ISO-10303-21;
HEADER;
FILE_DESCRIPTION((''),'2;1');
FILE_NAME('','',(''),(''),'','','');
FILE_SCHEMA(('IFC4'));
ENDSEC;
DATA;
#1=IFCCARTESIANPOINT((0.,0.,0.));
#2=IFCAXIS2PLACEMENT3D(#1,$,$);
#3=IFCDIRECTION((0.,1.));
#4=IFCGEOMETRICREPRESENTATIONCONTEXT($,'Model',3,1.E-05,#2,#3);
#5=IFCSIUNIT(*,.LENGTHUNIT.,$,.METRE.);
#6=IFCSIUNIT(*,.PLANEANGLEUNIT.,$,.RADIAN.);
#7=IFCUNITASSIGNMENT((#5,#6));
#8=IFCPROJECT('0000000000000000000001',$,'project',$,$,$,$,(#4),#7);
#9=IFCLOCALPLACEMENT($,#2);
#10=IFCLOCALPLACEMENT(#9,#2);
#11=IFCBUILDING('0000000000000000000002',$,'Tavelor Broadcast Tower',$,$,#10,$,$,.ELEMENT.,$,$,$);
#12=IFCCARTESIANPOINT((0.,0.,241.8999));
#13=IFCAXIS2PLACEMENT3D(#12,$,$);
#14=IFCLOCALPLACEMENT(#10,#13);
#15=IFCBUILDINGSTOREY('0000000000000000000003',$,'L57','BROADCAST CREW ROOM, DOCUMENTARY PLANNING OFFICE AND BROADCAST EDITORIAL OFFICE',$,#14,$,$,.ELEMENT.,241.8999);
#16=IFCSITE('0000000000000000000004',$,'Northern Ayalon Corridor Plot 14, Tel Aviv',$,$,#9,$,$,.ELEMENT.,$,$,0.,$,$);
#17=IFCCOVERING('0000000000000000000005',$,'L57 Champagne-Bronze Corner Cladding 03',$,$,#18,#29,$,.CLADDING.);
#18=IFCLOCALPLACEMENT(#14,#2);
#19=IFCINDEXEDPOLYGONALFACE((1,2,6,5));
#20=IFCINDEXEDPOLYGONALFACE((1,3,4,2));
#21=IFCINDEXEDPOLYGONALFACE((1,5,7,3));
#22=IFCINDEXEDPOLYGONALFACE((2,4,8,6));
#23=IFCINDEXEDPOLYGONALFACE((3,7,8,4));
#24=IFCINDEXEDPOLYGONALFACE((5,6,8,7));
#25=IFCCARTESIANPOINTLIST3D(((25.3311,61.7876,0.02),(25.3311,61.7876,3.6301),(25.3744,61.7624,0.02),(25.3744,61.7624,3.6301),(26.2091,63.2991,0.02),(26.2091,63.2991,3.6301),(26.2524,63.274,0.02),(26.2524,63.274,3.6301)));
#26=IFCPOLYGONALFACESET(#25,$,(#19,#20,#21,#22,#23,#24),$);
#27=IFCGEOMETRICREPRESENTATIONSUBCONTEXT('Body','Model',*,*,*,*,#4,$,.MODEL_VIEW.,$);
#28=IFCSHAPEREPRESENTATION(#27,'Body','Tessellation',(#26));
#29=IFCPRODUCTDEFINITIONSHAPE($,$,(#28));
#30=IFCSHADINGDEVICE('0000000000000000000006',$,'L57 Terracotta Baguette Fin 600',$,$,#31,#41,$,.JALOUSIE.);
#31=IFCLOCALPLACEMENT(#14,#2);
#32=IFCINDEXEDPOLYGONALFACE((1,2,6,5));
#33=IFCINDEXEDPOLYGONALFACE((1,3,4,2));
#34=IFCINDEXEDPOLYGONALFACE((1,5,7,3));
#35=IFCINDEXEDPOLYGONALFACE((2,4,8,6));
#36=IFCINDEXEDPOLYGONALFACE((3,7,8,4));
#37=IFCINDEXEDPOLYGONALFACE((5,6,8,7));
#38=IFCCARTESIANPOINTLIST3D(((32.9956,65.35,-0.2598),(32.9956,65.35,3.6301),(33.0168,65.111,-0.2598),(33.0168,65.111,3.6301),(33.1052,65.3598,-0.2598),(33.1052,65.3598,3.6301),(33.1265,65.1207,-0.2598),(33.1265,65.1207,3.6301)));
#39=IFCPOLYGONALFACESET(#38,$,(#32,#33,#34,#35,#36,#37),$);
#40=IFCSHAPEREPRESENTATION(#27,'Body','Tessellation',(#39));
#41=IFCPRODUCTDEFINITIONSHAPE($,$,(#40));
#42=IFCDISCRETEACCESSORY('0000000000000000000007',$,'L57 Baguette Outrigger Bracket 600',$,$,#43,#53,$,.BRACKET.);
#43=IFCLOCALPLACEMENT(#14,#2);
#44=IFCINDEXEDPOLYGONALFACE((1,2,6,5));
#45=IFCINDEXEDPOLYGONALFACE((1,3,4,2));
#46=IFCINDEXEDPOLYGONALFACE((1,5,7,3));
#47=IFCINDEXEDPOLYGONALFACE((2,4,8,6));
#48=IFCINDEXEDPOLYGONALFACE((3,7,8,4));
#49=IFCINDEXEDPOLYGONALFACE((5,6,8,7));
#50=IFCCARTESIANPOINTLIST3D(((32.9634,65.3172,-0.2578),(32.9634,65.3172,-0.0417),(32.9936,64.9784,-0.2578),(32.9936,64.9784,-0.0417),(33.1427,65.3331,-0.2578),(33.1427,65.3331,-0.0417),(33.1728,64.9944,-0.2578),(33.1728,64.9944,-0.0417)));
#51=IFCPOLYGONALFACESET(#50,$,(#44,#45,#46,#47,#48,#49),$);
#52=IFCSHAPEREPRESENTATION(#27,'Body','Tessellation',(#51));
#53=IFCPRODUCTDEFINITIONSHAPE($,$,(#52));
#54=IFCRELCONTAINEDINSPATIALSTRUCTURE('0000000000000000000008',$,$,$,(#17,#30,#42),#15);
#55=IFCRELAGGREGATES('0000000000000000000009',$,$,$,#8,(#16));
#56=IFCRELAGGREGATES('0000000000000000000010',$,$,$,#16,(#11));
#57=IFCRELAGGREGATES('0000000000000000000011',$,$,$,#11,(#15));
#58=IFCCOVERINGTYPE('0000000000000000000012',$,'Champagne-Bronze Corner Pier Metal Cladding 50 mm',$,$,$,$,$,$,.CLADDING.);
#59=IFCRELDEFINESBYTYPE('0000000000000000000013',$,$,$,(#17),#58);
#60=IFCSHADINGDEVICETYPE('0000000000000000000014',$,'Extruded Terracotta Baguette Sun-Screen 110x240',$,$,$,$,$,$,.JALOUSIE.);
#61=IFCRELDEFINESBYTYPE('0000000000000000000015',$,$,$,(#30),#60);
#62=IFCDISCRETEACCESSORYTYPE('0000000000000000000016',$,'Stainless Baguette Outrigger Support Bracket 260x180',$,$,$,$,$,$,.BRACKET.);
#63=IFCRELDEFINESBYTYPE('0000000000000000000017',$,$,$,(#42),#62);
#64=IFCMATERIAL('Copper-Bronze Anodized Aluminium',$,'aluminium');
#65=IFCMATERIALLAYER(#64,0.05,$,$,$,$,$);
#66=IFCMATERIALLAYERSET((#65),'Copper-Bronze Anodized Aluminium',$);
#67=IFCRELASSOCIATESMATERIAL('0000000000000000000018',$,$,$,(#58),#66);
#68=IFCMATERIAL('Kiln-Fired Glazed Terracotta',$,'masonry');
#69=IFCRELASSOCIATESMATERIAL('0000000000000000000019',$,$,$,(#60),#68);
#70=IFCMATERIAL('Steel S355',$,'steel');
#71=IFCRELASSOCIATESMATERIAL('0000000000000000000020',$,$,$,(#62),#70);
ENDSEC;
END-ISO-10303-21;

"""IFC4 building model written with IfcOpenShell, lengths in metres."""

from ifc_helpers import new_model, si_unit, direction, frame, origin, origin_2d, place, context, subcontext, project, spatial, rectangle, extrude, source, transform, mapped, material, layer, layer_set, type_object, type_shapes, element, save


model = new_model("IFC4")

# Units and contexts
model_context = context("Model", 3, precision=1e-05, world=origin(), true_north=direction((0.0, 1.0)))
body_context = subcontext(model_context, "Body", "Model", "MODEL_VIEW")
ifc_project = project(units=[si_unit("LENGTHUNIT", "METRE"), si_unit("PLANEANGLEUNIT", "RADIAN")], contexts=[model_context])

# Site, building, storey
site_placement = place(None, origin())
site = spatial("IfcSite", under=ifc_project, at=site_placement, Name="Northern Ayalon Corridor Plot 14, Tel Aviv", CompositionType="ELEMENT", RefElevation=0.0)
building_placement = place(site_placement, origin())
building = spatial("IfcBuilding", under=site, at=building_placement, Name="Tavelor Broadcast Tower", CompositionType="ELEMENT")
storey_placement = place(building_placement, frame((0.0, 0.0, 241.8999)))
storey = spatial("IfcBuildingStorey", under=building, at=storey_placement, Name="L57", Description="BROADCAST CREW ROOM, DOCUMENTARY PLANNING OFFICE AND BROADCAST EDITORIAL OFFICE", CompositionType="ELEMENT", Elevation=241.8999)

# Shared definitions
ifc_material_1 = material(Name="Steel S355", Category="steel")

# Covering
ifc_material_2 = material(Name="Copper-Bronze Anodized Aluminium", Category="aluminium")
ifc_layer_1 = layer(ifc_material_2, 0.05)
ifc_layer_set_1 = layer_set([ifc_layer_1], Name="Copper-Bronze Anodized Aluminium")
covering_type = type_object("IfcCoveringType", Name="Champagne-Bronze Corner Pier Metal Cladding 50 mm", PredefinedType="CLADDING", material=ifc_layer_set_1)
covering_placement = place(storey_placement, frame((25.7917, 62.5308, 0.02), z_axis=(0.0, 0.0, 1.0), x_axis=(-0.502266, -0.864713, 0.0)))
element("IfcCovering", 1, at=covering_placement, inside=storey, type_object=covering_type, Name="L57 Champagne-Bronze Corner Cladding 03", PredefinedType="CLADDING", context=body_context, shape_type="SweptSolid", body=[
    extrude(rectangle(XDim=1.748, YDim=0.05, at=origin_2d()), origin(), (0.0, 0.0, 1.0), 3.6101),
])

# Shading device
ifc_material_3 = material(Name="Kiln-Fired Glazed Terracotta", Category="masonry")
shading_device_type = type_object("IfcShadingDeviceType", Name="Extruded Terracotta Baguette Sun-Screen 110x240", PredefinedType="JALOUSIE", material=ifc_material_3)
shared_shape_1 = source(origin(), body_context, "Body", "SweptSolid", [
    extrude(rectangle(XDim=0.1101, YDim=0.24, at=origin_2d()), origin(), (0.0, 0.0, 1.0), 3.8899),
])
type_shapes(shading_device_type, [shared_shape_1])
shading_device_placement = place(storey_placement, frame((33.061, 65.2354, -0.2598), z_axis=(0.0, 0.0, 1.0), x_axis=(-0.996072, -0.088547, 0.0)))
element("IfcShadingDevice", 2, at=shading_device_placement, inside=storey, type_object=shading_device_type, Name="L57 Terracotta Baguette Fin 600", PredefinedType="JALOUSIE", context=body_context, shape_type="MappedRepresentation", body=[
    mapped(shared_shape_1, transform((0.0, 0.0, 0.0), scale=1.0)),
])

# Discrete accessory
discrete_accessory_type = type_object("IfcDiscreteAccessoryType", Name="Stainless Baguette Outrigger Support Bracket 260x180", PredefinedType="BRACKET", material=ifc_material_1)
shared_shape_2 = source(origin(), body_context, "Body", "SweptSolid", [
    extrude(rectangle(XDim=0.1799, YDim=0.3401, at=origin_2d()), origin(), (0.0, 0.0, 1.0), 0.2161),
])
type_shapes(discrete_accessory_type, [shared_shape_2])
discrete_accessory_placement = place(storey_placement, frame((33.0681, 65.1558, -0.2578), z_axis=(0.0, 0.0, 1.0), x_axis=(-0.996072, -0.088547, 0.0)))
element("IfcDiscreteAccessory", 3, at=discrete_accessory_placement, inside=storey, type_object=discrete_accessory_type, Name="L57 Baguette Outrigger Bracket 600", PredefinedType="BRACKET", context=body_context, shape_type="MappedRepresentation", body=[
    mapped(shared_shape_2, transform((0.0, 0.0, 0.0), scale=1.0)),
])

save(model, "model.ifc")
